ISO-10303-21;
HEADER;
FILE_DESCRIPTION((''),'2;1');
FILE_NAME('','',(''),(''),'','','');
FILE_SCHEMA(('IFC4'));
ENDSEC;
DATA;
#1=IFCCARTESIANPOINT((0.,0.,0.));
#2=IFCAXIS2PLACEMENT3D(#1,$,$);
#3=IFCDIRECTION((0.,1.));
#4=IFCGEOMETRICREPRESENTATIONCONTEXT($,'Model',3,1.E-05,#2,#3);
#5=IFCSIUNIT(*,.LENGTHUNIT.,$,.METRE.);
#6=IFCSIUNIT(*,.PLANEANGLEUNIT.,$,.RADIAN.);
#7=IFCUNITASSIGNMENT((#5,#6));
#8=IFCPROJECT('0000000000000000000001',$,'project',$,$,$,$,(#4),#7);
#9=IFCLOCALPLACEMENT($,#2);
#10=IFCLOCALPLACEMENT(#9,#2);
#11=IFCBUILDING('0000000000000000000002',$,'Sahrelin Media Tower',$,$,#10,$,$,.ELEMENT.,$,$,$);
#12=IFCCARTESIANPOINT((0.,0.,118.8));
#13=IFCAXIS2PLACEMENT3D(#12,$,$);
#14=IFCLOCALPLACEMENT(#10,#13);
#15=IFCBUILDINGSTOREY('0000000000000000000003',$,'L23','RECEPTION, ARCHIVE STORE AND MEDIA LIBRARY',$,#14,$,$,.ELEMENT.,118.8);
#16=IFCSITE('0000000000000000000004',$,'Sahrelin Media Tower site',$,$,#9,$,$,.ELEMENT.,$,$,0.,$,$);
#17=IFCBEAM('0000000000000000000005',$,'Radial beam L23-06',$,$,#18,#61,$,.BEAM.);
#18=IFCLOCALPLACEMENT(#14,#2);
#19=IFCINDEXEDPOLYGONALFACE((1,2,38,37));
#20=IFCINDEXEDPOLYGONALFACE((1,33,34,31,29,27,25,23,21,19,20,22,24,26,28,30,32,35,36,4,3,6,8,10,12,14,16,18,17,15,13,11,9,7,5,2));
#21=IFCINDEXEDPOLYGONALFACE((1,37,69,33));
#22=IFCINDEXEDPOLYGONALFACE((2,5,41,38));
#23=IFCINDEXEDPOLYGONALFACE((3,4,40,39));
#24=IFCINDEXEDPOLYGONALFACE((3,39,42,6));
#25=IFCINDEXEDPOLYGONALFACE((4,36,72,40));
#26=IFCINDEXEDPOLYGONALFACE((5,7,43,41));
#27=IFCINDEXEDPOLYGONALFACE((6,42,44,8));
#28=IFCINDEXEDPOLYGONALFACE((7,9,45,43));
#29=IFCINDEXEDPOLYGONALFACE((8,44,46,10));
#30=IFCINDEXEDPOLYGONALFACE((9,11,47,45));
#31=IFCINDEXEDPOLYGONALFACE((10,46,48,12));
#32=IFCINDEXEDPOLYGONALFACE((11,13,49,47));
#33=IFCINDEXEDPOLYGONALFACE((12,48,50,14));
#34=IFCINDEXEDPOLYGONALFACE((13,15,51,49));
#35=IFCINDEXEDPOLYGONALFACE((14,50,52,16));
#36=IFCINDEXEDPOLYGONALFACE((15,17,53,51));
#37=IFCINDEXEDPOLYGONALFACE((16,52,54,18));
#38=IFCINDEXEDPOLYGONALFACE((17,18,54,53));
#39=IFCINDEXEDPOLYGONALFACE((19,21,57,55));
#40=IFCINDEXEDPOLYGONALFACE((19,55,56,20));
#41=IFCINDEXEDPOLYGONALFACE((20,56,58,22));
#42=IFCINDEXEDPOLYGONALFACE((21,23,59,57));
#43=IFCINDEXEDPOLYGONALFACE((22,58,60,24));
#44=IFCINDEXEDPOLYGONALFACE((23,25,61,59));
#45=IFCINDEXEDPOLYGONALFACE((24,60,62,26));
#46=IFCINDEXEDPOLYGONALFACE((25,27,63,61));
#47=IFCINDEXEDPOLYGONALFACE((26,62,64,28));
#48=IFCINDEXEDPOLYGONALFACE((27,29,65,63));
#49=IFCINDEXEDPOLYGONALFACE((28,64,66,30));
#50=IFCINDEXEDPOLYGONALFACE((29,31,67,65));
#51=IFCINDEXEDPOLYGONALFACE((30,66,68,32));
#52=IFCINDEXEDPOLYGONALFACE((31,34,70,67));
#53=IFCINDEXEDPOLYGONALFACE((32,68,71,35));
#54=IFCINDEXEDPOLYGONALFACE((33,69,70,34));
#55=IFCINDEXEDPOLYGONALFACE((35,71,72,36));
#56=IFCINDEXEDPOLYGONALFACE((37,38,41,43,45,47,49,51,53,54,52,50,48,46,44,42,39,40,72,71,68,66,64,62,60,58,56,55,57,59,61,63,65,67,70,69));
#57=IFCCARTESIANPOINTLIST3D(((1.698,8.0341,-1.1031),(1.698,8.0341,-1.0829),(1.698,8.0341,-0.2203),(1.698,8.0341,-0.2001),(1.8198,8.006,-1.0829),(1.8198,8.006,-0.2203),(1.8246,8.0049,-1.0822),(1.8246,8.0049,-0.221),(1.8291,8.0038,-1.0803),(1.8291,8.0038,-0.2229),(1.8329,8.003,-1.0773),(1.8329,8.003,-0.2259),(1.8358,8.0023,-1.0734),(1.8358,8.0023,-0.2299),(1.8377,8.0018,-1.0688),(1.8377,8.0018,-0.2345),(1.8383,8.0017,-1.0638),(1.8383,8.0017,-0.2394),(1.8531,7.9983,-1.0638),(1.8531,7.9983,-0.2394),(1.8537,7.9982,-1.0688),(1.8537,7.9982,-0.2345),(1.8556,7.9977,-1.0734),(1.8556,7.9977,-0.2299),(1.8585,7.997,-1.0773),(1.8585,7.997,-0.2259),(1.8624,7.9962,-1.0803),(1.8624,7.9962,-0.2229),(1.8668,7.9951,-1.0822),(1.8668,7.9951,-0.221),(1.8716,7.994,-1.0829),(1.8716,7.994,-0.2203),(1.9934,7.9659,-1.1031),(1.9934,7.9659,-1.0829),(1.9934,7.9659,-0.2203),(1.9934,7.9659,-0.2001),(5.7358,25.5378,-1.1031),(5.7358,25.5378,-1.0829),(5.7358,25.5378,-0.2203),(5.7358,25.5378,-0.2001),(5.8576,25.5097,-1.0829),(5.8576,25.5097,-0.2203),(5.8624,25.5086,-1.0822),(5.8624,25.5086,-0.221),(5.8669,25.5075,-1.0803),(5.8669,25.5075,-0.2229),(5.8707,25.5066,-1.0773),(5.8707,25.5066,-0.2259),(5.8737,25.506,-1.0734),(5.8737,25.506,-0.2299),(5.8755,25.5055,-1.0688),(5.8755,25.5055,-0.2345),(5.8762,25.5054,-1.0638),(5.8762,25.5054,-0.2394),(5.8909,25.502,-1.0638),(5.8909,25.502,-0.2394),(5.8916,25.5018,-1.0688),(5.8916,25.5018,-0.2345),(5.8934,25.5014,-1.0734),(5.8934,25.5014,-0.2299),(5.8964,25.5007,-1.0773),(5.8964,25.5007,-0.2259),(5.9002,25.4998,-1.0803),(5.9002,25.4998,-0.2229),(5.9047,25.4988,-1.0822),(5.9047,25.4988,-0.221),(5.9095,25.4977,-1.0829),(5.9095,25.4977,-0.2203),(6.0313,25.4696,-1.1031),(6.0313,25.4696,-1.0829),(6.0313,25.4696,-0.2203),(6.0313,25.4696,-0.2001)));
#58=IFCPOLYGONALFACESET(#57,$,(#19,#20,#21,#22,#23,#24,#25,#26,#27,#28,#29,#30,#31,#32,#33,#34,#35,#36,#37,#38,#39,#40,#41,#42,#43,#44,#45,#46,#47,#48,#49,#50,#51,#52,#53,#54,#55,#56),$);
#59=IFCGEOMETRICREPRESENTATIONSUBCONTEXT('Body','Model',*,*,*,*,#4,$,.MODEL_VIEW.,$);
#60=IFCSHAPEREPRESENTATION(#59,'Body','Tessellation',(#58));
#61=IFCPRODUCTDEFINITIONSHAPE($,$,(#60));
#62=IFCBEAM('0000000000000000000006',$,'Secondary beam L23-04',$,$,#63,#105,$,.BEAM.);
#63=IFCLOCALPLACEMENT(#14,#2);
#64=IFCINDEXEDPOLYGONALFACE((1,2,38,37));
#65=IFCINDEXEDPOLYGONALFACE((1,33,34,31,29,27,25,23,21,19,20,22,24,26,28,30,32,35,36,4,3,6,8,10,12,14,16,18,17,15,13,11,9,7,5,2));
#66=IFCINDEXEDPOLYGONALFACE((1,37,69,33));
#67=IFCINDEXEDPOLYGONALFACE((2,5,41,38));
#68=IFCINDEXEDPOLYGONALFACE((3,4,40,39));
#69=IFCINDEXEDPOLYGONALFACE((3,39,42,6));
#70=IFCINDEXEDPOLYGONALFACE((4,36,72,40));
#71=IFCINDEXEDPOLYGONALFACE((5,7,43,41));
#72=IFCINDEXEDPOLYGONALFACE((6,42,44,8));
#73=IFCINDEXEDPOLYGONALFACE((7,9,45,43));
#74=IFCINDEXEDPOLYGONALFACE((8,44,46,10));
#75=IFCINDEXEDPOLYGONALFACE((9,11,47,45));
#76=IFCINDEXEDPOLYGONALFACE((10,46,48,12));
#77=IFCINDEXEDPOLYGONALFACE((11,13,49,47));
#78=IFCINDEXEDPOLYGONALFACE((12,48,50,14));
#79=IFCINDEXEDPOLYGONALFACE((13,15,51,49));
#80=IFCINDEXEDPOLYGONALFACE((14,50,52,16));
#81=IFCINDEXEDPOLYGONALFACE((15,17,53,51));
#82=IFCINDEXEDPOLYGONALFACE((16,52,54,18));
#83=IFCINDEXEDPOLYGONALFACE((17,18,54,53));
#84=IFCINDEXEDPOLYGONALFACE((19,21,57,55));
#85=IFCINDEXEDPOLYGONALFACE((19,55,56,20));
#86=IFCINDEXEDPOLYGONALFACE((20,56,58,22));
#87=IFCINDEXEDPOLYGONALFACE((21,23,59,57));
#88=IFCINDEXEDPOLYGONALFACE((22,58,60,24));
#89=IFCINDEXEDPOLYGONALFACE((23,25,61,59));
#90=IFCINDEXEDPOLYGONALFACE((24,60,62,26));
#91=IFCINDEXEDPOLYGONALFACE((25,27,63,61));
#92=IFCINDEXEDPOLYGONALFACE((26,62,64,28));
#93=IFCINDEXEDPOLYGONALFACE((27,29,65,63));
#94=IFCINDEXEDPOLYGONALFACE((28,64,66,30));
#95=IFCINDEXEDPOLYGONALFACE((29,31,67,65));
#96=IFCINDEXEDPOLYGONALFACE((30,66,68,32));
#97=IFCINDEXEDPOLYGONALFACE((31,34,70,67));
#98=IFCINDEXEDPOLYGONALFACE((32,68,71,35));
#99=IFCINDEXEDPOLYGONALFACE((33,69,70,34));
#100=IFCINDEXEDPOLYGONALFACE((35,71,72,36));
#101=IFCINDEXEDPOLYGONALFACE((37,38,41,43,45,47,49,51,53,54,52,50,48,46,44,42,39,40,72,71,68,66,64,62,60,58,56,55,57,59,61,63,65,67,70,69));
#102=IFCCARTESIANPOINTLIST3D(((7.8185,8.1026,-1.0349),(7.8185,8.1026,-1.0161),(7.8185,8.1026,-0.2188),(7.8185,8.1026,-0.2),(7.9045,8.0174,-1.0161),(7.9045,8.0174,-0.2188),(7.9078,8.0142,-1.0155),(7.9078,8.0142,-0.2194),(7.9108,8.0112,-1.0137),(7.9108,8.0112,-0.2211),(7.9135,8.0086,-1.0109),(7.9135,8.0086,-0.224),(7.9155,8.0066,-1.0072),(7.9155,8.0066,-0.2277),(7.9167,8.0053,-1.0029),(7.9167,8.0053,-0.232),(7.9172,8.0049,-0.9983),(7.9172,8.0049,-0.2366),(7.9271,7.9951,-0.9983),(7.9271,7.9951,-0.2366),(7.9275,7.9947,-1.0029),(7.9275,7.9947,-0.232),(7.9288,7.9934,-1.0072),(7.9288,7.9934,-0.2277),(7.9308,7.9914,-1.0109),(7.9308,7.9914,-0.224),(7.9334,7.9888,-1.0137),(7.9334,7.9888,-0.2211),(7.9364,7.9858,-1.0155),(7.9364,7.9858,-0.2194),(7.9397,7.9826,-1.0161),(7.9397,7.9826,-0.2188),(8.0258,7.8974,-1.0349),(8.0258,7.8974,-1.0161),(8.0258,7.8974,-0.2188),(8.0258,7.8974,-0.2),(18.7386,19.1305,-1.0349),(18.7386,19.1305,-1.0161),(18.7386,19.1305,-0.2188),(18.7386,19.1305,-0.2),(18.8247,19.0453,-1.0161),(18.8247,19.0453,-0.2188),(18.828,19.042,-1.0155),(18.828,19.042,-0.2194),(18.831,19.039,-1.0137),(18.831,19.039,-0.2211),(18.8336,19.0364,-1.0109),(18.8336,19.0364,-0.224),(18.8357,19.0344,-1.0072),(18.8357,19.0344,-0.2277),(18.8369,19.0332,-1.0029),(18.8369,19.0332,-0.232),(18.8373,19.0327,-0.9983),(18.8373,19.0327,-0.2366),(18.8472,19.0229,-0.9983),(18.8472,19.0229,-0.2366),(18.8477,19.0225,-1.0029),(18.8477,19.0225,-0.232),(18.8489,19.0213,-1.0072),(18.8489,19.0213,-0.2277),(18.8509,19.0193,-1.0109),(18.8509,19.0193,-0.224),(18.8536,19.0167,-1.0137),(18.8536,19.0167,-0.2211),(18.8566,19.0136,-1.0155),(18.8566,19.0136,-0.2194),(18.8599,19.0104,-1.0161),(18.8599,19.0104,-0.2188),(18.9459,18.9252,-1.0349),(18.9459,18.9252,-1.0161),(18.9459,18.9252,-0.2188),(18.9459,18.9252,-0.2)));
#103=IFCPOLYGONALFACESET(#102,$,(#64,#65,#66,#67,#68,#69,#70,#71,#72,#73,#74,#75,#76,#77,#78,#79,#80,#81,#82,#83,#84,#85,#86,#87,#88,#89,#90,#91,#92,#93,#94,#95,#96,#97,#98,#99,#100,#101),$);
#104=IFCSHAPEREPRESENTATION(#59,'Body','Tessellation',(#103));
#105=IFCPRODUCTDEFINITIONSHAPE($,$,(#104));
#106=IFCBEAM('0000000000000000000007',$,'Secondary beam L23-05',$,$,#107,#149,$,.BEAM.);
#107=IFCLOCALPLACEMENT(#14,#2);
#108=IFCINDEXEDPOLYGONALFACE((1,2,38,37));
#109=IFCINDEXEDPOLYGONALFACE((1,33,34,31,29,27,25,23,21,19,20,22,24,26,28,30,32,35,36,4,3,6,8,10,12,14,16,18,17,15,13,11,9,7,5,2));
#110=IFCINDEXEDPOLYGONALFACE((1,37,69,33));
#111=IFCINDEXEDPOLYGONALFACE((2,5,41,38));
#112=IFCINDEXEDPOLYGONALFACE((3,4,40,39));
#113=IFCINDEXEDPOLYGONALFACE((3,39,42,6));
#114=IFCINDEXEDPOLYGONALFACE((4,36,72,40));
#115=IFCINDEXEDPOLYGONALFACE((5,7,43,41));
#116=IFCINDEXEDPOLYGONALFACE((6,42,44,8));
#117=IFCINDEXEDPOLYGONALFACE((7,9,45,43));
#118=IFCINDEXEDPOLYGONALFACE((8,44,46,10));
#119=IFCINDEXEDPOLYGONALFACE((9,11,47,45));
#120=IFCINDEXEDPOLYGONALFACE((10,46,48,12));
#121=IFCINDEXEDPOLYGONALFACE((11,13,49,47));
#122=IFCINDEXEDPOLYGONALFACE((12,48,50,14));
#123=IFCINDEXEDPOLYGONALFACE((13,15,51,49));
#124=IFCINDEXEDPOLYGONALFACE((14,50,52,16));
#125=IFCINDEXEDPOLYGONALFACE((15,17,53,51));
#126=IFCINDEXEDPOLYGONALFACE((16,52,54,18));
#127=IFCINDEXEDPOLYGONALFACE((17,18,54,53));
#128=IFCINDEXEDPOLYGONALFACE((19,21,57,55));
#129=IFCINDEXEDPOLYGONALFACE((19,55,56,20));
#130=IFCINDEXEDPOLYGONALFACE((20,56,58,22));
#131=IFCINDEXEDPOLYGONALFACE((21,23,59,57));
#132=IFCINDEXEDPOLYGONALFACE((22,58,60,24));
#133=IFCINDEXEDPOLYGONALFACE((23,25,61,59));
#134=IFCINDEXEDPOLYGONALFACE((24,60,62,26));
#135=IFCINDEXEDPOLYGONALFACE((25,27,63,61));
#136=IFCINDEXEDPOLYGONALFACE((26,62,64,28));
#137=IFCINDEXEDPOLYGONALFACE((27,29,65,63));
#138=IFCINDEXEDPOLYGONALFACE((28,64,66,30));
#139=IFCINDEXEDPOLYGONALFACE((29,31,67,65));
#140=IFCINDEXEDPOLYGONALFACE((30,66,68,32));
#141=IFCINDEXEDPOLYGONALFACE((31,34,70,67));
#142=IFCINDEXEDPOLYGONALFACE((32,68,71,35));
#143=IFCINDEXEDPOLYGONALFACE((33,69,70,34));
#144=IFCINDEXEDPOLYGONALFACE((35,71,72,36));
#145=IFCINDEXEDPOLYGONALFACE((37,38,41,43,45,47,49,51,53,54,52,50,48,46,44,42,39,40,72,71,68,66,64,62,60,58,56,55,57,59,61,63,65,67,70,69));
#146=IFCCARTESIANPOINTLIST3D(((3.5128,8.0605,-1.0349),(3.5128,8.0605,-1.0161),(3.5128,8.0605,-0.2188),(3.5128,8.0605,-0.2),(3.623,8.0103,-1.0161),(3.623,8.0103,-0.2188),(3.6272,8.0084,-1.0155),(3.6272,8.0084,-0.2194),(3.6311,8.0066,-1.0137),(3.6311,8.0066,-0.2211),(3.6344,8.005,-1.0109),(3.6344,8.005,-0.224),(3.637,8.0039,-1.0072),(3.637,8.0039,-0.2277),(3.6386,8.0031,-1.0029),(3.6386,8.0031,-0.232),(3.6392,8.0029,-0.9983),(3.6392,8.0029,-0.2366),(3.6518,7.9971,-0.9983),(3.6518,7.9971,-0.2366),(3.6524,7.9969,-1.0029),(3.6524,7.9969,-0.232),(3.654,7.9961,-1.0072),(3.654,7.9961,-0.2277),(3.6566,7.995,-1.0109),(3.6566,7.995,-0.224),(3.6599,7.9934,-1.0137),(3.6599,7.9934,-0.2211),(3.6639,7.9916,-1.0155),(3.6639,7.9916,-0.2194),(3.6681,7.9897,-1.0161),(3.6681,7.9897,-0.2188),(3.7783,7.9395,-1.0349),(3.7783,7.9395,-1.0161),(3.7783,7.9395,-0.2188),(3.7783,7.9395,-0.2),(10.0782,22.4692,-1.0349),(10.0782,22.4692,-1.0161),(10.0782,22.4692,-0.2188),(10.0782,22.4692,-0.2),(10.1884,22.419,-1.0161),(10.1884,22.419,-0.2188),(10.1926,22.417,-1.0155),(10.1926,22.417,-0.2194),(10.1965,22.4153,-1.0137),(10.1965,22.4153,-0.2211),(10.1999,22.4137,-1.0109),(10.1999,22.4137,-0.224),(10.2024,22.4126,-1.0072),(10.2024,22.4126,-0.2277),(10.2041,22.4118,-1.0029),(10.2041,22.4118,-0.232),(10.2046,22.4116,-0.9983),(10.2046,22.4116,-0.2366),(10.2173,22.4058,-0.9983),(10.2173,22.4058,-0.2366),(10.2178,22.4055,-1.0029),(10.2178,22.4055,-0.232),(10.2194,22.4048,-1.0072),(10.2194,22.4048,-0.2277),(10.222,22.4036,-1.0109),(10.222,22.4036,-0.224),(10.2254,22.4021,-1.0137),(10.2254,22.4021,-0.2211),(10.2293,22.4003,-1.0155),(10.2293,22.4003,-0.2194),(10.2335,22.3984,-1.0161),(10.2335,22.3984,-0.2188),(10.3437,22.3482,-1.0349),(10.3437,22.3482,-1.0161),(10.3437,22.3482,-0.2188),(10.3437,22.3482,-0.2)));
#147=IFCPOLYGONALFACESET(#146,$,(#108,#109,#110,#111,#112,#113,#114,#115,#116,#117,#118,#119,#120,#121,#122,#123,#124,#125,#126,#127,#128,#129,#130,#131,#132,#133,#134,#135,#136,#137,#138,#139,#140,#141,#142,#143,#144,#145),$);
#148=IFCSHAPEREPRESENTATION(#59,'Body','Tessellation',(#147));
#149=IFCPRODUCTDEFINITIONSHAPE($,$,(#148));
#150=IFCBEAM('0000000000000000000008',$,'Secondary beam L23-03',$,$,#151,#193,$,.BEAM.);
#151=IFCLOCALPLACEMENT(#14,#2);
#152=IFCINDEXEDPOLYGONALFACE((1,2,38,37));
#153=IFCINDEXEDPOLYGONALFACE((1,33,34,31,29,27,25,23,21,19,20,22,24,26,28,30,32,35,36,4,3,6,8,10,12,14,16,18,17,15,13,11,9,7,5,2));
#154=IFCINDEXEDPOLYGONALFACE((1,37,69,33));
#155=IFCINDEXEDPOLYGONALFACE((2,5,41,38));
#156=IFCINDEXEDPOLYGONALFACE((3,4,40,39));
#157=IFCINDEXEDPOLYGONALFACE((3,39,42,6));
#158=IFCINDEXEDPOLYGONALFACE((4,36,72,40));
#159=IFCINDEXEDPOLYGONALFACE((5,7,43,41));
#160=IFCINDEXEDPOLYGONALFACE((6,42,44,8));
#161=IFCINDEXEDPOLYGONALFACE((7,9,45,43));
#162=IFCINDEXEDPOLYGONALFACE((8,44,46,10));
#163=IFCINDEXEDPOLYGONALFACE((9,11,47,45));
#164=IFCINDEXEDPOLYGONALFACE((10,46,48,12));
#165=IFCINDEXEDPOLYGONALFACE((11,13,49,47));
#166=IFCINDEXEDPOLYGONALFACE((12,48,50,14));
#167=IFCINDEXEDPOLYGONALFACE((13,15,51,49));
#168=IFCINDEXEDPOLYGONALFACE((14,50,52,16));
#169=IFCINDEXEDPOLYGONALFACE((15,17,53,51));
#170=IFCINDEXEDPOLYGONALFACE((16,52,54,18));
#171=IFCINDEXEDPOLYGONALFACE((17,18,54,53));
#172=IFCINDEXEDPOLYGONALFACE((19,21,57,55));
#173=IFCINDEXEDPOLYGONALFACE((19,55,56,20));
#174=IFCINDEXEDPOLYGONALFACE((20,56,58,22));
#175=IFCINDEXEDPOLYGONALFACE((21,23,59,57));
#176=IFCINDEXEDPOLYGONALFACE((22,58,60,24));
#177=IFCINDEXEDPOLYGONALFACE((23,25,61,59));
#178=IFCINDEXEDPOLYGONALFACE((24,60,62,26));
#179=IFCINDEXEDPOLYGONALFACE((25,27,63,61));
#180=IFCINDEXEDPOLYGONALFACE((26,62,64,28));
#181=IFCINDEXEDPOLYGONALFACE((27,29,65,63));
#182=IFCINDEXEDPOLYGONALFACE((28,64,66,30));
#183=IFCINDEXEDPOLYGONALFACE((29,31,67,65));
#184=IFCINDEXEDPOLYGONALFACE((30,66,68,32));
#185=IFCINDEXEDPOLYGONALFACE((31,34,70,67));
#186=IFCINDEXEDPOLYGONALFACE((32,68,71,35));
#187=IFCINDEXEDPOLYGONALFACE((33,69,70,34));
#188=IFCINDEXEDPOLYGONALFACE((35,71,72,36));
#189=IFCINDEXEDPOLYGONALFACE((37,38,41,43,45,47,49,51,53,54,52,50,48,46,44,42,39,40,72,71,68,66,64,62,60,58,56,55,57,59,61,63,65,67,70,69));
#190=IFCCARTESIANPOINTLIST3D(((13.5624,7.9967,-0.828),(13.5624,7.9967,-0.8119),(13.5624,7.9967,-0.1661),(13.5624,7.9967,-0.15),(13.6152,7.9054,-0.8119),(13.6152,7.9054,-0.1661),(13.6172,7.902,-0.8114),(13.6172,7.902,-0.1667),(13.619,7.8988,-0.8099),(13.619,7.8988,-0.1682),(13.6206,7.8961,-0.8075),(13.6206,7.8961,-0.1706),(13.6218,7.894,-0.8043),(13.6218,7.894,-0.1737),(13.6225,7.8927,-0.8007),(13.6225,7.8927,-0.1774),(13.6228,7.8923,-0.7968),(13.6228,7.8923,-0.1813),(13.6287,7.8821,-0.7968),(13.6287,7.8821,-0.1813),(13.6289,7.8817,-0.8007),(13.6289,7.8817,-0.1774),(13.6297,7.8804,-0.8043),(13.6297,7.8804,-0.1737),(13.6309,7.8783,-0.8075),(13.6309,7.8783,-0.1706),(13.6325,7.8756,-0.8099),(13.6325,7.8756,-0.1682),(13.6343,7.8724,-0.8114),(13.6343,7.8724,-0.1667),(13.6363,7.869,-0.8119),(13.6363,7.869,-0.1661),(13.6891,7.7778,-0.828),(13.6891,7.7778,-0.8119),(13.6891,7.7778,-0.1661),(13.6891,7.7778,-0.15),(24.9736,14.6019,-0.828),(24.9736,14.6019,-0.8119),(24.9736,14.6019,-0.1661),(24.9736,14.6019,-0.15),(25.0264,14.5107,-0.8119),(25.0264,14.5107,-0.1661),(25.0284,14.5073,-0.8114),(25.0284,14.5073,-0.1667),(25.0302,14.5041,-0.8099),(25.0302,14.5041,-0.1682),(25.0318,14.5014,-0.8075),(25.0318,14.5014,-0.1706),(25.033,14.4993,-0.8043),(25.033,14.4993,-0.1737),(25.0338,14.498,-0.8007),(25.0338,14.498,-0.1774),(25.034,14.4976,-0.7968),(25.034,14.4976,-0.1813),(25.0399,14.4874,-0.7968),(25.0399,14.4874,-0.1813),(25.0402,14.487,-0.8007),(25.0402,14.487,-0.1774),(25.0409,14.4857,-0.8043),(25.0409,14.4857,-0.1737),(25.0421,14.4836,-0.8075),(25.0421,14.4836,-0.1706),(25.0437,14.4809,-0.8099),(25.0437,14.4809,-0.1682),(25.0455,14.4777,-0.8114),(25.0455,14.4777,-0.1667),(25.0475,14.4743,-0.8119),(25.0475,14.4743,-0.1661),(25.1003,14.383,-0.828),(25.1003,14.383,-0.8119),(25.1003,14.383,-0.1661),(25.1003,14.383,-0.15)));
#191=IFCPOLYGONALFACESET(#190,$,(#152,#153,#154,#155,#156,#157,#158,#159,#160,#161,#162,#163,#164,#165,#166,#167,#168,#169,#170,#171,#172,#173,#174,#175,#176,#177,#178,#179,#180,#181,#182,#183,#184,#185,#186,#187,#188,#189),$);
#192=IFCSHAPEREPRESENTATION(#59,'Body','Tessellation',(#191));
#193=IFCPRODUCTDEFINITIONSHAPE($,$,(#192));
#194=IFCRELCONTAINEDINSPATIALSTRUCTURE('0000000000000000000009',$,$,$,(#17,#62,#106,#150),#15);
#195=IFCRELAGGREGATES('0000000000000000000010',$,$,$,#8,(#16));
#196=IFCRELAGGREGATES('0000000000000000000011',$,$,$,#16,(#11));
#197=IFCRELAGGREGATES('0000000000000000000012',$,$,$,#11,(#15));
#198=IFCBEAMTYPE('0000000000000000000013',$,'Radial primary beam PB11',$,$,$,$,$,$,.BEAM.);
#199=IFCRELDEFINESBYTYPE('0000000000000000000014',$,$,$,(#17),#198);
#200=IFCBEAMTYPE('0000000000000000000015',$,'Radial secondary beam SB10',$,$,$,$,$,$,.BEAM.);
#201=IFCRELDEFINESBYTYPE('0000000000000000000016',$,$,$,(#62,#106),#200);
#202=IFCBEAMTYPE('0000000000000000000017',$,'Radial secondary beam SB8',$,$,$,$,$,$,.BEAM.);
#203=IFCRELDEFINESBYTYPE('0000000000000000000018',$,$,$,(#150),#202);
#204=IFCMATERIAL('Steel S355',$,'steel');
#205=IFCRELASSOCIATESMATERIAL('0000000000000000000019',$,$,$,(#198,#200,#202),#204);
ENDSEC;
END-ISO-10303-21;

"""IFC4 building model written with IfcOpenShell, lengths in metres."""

from ifc_helpers import new_model, si_unit, direction, frame, origin, origin_2d, place, context, subcontext, project, spatial, i_section, extrude, material, material_profile, profile_set, type_object, element, save


model = new_model("IFC4")

# Units and contexts
model_context = context("Model", 3, precision=1e-05, world=origin(), true_north=direction((0.0, 1.0)))
body_context = subcontext(model_context, "Body", "Model", "MODEL_VIEW")
ifc_project = project(units=[si_unit("LENGTHUNIT", "METRE"), si_unit("PLANEANGLEUNIT", "RADIAN")], contexts=[model_context])

# Site, building, storey
site_placement = place(None, origin())
site = spatial("IfcSite", under=ifc_project, at=site_placement, Name="Sahrelin Media Tower site", CompositionType="ELEMENT", RefElevation=0.0)
building_placement = place(site_placement, origin())
building = spatial("IfcBuilding", under=site, at=building_placement, Name="Sahrelin Media Tower", CompositionType="ELEMENT")
storey_placement = place(building_placement, frame((0.0, 0.0, 118.8)))
storey = spatial("IfcBuildingStorey", under=building, at=storey_placement, Name="L23", Description="RECEPTION, ARCHIVE STORE AND MEDIA LIBRARY", CompositionType="ELEMENT", Elevation=118.8)

# Beams
ifc_material_1 = material(Name="Steel S355", Category="steel")
ifc_material_profile_1 = material_profile(ifc_material_1, i_section(OverallWidth=0.3032, OverallDepth=0.9031, WebThickness=0.0151, FlangeThickness=0.0203, FilletRadius=0.019, at=origin_2d()), Name="UB 914x305x201")
ifc_profile_set_1 = profile_set([ifc_material_profile_1], Name="Steel S355")
beam_type_1 = type_object("IfcBeamType", Name="Radial primary beam PB11", PredefinedType="BEAM", material=ifc_profile_set_1)
beam_1_placement = place(storey_placement, frame((1.8457, 8.0, -0.6516), z_axis=(0.224782, 0.974409, 0.0), x_axis=(-0.974409, 0.224782, 0.0)))
element("IfcBeam", 1, at=beam_1_placement, inside=storey, type_object=beam_type_1, Name="Radial beam L23-06", PredefinedType="BEAM", context=body_context, shape_type="SweptSolid", body=[
    extrude(i_section(OverallWidth=0.3032, OverallDepth=0.9031, WebThickness=0.0151, FlangeThickness=0.0203, FilletRadius=0.019, at=origin_2d()), origin(), (0.0, 0.0, 1.0), 17.9634),
])
ifc_material_profile_2 = material_profile(ifc_material_1, i_section(OverallWidth=0.2917, OverallDepth=0.835, WebThickness=0.0139, FlangeThickness=0.0188, FilletRadius=0.0178, at=origin_2d()), Name="UB 838x292x176")
ifc_profile_set_2 = profile_set([ifc_material_profile_2], Name="Steel S355")
beam_type_2 = type_object("IfcBeamType", Name="Radial secondary beam SB10", PredefinedType="BEAM", material=ifc_profile_set_2)
beam_2_placement = place(storey_placement, frame((7.9221, 8.0, -0.6174), z_axis=(0.70363, 0.710567, 0.0), x_axis=(-0.710567, 0.70363, 0.0)))
element("IfcBeam", 2, at=beam_2_placement, inside=storey, type_object=beam_type_2, Name="Secondary beam L23-04", PredefinedType="BEAM", context=body_context, shape_type="SweptSolid", body=[
    extrude(i_section(OverallWidth=0.2917, OverallDepth=0.835, WebThickness=0.0139, FlangeThickness=0.0188, FilletRadius=0.0178, at=origin_2d()), origin(), (0.0, 0.0, 1.0), 15.5198),
])
beam_3_placement = place(storey_placement, frame((3.6455, 8.0, -0.6174), z_axis=(0.414642, 0.909985, 0.0), x_axis=(-0.909985, 0.414642, 0.0)))
element("IfcBeam", 3, at=beam_3_placement, inside=storey, type_object=beam_type_2, Name="Secondary beam L23-05", PredefinedType="BEAM", context=body_context, shape_type="SweptSolid", body=[
    extrude(i_section(OverallWidth=0.2917, OverallDepth=0.835, WebThickness=0.0139, FlangeThickness=0.0188, FilletRadius=0.0178, at=origin_2d()), origin(), (0.0, 0.0, 1.0), 15.834),
])
ifc_material_profile_3 = material_profile(ifc_material_1, i_section(OverallWidth=0.2529, OverallDepth=0.678, WebThickness=0.0117, FlangeThickness=0.0161, FilletRadius=0.0151, at=origin_2d()), Name="UB 686x254x125")
ifc_profile_set_3 = profile_set([ifc_material_profile_3], Name="Steel S355")
beam_type_3 = type_object("IfcBeamType", Name="Radial secondary beam SB8", PredefinedType="BEAM", material=ifc_profile_set_3)
beam_4_placement = place(storey_placement, frame((13.6257, 7.8872, -0.489), z_axis=(0.865466, 0.500967, 0.0), x_axis=(-0.500967, 0.865466, 0.0)))
element("IfcBeam", 4, at=beam_4_placement, inside=storey, type_object=beam_type_3, Name="Secondary beam L23-03", PredefinedType="BEAM", context=body_context, shape_type="SweptSolid", body=[
    extrude(i_section(OverallWidth=0.2529, OverallDepth=0.678, WebThickness=0.0117, FlangeThickness=0.0161, FilletRadius=0.0151, at=origin_2d()), origin(), (0.0, 0.0, 1.0), 13.1851),
])

save(model, "model.ifc")
